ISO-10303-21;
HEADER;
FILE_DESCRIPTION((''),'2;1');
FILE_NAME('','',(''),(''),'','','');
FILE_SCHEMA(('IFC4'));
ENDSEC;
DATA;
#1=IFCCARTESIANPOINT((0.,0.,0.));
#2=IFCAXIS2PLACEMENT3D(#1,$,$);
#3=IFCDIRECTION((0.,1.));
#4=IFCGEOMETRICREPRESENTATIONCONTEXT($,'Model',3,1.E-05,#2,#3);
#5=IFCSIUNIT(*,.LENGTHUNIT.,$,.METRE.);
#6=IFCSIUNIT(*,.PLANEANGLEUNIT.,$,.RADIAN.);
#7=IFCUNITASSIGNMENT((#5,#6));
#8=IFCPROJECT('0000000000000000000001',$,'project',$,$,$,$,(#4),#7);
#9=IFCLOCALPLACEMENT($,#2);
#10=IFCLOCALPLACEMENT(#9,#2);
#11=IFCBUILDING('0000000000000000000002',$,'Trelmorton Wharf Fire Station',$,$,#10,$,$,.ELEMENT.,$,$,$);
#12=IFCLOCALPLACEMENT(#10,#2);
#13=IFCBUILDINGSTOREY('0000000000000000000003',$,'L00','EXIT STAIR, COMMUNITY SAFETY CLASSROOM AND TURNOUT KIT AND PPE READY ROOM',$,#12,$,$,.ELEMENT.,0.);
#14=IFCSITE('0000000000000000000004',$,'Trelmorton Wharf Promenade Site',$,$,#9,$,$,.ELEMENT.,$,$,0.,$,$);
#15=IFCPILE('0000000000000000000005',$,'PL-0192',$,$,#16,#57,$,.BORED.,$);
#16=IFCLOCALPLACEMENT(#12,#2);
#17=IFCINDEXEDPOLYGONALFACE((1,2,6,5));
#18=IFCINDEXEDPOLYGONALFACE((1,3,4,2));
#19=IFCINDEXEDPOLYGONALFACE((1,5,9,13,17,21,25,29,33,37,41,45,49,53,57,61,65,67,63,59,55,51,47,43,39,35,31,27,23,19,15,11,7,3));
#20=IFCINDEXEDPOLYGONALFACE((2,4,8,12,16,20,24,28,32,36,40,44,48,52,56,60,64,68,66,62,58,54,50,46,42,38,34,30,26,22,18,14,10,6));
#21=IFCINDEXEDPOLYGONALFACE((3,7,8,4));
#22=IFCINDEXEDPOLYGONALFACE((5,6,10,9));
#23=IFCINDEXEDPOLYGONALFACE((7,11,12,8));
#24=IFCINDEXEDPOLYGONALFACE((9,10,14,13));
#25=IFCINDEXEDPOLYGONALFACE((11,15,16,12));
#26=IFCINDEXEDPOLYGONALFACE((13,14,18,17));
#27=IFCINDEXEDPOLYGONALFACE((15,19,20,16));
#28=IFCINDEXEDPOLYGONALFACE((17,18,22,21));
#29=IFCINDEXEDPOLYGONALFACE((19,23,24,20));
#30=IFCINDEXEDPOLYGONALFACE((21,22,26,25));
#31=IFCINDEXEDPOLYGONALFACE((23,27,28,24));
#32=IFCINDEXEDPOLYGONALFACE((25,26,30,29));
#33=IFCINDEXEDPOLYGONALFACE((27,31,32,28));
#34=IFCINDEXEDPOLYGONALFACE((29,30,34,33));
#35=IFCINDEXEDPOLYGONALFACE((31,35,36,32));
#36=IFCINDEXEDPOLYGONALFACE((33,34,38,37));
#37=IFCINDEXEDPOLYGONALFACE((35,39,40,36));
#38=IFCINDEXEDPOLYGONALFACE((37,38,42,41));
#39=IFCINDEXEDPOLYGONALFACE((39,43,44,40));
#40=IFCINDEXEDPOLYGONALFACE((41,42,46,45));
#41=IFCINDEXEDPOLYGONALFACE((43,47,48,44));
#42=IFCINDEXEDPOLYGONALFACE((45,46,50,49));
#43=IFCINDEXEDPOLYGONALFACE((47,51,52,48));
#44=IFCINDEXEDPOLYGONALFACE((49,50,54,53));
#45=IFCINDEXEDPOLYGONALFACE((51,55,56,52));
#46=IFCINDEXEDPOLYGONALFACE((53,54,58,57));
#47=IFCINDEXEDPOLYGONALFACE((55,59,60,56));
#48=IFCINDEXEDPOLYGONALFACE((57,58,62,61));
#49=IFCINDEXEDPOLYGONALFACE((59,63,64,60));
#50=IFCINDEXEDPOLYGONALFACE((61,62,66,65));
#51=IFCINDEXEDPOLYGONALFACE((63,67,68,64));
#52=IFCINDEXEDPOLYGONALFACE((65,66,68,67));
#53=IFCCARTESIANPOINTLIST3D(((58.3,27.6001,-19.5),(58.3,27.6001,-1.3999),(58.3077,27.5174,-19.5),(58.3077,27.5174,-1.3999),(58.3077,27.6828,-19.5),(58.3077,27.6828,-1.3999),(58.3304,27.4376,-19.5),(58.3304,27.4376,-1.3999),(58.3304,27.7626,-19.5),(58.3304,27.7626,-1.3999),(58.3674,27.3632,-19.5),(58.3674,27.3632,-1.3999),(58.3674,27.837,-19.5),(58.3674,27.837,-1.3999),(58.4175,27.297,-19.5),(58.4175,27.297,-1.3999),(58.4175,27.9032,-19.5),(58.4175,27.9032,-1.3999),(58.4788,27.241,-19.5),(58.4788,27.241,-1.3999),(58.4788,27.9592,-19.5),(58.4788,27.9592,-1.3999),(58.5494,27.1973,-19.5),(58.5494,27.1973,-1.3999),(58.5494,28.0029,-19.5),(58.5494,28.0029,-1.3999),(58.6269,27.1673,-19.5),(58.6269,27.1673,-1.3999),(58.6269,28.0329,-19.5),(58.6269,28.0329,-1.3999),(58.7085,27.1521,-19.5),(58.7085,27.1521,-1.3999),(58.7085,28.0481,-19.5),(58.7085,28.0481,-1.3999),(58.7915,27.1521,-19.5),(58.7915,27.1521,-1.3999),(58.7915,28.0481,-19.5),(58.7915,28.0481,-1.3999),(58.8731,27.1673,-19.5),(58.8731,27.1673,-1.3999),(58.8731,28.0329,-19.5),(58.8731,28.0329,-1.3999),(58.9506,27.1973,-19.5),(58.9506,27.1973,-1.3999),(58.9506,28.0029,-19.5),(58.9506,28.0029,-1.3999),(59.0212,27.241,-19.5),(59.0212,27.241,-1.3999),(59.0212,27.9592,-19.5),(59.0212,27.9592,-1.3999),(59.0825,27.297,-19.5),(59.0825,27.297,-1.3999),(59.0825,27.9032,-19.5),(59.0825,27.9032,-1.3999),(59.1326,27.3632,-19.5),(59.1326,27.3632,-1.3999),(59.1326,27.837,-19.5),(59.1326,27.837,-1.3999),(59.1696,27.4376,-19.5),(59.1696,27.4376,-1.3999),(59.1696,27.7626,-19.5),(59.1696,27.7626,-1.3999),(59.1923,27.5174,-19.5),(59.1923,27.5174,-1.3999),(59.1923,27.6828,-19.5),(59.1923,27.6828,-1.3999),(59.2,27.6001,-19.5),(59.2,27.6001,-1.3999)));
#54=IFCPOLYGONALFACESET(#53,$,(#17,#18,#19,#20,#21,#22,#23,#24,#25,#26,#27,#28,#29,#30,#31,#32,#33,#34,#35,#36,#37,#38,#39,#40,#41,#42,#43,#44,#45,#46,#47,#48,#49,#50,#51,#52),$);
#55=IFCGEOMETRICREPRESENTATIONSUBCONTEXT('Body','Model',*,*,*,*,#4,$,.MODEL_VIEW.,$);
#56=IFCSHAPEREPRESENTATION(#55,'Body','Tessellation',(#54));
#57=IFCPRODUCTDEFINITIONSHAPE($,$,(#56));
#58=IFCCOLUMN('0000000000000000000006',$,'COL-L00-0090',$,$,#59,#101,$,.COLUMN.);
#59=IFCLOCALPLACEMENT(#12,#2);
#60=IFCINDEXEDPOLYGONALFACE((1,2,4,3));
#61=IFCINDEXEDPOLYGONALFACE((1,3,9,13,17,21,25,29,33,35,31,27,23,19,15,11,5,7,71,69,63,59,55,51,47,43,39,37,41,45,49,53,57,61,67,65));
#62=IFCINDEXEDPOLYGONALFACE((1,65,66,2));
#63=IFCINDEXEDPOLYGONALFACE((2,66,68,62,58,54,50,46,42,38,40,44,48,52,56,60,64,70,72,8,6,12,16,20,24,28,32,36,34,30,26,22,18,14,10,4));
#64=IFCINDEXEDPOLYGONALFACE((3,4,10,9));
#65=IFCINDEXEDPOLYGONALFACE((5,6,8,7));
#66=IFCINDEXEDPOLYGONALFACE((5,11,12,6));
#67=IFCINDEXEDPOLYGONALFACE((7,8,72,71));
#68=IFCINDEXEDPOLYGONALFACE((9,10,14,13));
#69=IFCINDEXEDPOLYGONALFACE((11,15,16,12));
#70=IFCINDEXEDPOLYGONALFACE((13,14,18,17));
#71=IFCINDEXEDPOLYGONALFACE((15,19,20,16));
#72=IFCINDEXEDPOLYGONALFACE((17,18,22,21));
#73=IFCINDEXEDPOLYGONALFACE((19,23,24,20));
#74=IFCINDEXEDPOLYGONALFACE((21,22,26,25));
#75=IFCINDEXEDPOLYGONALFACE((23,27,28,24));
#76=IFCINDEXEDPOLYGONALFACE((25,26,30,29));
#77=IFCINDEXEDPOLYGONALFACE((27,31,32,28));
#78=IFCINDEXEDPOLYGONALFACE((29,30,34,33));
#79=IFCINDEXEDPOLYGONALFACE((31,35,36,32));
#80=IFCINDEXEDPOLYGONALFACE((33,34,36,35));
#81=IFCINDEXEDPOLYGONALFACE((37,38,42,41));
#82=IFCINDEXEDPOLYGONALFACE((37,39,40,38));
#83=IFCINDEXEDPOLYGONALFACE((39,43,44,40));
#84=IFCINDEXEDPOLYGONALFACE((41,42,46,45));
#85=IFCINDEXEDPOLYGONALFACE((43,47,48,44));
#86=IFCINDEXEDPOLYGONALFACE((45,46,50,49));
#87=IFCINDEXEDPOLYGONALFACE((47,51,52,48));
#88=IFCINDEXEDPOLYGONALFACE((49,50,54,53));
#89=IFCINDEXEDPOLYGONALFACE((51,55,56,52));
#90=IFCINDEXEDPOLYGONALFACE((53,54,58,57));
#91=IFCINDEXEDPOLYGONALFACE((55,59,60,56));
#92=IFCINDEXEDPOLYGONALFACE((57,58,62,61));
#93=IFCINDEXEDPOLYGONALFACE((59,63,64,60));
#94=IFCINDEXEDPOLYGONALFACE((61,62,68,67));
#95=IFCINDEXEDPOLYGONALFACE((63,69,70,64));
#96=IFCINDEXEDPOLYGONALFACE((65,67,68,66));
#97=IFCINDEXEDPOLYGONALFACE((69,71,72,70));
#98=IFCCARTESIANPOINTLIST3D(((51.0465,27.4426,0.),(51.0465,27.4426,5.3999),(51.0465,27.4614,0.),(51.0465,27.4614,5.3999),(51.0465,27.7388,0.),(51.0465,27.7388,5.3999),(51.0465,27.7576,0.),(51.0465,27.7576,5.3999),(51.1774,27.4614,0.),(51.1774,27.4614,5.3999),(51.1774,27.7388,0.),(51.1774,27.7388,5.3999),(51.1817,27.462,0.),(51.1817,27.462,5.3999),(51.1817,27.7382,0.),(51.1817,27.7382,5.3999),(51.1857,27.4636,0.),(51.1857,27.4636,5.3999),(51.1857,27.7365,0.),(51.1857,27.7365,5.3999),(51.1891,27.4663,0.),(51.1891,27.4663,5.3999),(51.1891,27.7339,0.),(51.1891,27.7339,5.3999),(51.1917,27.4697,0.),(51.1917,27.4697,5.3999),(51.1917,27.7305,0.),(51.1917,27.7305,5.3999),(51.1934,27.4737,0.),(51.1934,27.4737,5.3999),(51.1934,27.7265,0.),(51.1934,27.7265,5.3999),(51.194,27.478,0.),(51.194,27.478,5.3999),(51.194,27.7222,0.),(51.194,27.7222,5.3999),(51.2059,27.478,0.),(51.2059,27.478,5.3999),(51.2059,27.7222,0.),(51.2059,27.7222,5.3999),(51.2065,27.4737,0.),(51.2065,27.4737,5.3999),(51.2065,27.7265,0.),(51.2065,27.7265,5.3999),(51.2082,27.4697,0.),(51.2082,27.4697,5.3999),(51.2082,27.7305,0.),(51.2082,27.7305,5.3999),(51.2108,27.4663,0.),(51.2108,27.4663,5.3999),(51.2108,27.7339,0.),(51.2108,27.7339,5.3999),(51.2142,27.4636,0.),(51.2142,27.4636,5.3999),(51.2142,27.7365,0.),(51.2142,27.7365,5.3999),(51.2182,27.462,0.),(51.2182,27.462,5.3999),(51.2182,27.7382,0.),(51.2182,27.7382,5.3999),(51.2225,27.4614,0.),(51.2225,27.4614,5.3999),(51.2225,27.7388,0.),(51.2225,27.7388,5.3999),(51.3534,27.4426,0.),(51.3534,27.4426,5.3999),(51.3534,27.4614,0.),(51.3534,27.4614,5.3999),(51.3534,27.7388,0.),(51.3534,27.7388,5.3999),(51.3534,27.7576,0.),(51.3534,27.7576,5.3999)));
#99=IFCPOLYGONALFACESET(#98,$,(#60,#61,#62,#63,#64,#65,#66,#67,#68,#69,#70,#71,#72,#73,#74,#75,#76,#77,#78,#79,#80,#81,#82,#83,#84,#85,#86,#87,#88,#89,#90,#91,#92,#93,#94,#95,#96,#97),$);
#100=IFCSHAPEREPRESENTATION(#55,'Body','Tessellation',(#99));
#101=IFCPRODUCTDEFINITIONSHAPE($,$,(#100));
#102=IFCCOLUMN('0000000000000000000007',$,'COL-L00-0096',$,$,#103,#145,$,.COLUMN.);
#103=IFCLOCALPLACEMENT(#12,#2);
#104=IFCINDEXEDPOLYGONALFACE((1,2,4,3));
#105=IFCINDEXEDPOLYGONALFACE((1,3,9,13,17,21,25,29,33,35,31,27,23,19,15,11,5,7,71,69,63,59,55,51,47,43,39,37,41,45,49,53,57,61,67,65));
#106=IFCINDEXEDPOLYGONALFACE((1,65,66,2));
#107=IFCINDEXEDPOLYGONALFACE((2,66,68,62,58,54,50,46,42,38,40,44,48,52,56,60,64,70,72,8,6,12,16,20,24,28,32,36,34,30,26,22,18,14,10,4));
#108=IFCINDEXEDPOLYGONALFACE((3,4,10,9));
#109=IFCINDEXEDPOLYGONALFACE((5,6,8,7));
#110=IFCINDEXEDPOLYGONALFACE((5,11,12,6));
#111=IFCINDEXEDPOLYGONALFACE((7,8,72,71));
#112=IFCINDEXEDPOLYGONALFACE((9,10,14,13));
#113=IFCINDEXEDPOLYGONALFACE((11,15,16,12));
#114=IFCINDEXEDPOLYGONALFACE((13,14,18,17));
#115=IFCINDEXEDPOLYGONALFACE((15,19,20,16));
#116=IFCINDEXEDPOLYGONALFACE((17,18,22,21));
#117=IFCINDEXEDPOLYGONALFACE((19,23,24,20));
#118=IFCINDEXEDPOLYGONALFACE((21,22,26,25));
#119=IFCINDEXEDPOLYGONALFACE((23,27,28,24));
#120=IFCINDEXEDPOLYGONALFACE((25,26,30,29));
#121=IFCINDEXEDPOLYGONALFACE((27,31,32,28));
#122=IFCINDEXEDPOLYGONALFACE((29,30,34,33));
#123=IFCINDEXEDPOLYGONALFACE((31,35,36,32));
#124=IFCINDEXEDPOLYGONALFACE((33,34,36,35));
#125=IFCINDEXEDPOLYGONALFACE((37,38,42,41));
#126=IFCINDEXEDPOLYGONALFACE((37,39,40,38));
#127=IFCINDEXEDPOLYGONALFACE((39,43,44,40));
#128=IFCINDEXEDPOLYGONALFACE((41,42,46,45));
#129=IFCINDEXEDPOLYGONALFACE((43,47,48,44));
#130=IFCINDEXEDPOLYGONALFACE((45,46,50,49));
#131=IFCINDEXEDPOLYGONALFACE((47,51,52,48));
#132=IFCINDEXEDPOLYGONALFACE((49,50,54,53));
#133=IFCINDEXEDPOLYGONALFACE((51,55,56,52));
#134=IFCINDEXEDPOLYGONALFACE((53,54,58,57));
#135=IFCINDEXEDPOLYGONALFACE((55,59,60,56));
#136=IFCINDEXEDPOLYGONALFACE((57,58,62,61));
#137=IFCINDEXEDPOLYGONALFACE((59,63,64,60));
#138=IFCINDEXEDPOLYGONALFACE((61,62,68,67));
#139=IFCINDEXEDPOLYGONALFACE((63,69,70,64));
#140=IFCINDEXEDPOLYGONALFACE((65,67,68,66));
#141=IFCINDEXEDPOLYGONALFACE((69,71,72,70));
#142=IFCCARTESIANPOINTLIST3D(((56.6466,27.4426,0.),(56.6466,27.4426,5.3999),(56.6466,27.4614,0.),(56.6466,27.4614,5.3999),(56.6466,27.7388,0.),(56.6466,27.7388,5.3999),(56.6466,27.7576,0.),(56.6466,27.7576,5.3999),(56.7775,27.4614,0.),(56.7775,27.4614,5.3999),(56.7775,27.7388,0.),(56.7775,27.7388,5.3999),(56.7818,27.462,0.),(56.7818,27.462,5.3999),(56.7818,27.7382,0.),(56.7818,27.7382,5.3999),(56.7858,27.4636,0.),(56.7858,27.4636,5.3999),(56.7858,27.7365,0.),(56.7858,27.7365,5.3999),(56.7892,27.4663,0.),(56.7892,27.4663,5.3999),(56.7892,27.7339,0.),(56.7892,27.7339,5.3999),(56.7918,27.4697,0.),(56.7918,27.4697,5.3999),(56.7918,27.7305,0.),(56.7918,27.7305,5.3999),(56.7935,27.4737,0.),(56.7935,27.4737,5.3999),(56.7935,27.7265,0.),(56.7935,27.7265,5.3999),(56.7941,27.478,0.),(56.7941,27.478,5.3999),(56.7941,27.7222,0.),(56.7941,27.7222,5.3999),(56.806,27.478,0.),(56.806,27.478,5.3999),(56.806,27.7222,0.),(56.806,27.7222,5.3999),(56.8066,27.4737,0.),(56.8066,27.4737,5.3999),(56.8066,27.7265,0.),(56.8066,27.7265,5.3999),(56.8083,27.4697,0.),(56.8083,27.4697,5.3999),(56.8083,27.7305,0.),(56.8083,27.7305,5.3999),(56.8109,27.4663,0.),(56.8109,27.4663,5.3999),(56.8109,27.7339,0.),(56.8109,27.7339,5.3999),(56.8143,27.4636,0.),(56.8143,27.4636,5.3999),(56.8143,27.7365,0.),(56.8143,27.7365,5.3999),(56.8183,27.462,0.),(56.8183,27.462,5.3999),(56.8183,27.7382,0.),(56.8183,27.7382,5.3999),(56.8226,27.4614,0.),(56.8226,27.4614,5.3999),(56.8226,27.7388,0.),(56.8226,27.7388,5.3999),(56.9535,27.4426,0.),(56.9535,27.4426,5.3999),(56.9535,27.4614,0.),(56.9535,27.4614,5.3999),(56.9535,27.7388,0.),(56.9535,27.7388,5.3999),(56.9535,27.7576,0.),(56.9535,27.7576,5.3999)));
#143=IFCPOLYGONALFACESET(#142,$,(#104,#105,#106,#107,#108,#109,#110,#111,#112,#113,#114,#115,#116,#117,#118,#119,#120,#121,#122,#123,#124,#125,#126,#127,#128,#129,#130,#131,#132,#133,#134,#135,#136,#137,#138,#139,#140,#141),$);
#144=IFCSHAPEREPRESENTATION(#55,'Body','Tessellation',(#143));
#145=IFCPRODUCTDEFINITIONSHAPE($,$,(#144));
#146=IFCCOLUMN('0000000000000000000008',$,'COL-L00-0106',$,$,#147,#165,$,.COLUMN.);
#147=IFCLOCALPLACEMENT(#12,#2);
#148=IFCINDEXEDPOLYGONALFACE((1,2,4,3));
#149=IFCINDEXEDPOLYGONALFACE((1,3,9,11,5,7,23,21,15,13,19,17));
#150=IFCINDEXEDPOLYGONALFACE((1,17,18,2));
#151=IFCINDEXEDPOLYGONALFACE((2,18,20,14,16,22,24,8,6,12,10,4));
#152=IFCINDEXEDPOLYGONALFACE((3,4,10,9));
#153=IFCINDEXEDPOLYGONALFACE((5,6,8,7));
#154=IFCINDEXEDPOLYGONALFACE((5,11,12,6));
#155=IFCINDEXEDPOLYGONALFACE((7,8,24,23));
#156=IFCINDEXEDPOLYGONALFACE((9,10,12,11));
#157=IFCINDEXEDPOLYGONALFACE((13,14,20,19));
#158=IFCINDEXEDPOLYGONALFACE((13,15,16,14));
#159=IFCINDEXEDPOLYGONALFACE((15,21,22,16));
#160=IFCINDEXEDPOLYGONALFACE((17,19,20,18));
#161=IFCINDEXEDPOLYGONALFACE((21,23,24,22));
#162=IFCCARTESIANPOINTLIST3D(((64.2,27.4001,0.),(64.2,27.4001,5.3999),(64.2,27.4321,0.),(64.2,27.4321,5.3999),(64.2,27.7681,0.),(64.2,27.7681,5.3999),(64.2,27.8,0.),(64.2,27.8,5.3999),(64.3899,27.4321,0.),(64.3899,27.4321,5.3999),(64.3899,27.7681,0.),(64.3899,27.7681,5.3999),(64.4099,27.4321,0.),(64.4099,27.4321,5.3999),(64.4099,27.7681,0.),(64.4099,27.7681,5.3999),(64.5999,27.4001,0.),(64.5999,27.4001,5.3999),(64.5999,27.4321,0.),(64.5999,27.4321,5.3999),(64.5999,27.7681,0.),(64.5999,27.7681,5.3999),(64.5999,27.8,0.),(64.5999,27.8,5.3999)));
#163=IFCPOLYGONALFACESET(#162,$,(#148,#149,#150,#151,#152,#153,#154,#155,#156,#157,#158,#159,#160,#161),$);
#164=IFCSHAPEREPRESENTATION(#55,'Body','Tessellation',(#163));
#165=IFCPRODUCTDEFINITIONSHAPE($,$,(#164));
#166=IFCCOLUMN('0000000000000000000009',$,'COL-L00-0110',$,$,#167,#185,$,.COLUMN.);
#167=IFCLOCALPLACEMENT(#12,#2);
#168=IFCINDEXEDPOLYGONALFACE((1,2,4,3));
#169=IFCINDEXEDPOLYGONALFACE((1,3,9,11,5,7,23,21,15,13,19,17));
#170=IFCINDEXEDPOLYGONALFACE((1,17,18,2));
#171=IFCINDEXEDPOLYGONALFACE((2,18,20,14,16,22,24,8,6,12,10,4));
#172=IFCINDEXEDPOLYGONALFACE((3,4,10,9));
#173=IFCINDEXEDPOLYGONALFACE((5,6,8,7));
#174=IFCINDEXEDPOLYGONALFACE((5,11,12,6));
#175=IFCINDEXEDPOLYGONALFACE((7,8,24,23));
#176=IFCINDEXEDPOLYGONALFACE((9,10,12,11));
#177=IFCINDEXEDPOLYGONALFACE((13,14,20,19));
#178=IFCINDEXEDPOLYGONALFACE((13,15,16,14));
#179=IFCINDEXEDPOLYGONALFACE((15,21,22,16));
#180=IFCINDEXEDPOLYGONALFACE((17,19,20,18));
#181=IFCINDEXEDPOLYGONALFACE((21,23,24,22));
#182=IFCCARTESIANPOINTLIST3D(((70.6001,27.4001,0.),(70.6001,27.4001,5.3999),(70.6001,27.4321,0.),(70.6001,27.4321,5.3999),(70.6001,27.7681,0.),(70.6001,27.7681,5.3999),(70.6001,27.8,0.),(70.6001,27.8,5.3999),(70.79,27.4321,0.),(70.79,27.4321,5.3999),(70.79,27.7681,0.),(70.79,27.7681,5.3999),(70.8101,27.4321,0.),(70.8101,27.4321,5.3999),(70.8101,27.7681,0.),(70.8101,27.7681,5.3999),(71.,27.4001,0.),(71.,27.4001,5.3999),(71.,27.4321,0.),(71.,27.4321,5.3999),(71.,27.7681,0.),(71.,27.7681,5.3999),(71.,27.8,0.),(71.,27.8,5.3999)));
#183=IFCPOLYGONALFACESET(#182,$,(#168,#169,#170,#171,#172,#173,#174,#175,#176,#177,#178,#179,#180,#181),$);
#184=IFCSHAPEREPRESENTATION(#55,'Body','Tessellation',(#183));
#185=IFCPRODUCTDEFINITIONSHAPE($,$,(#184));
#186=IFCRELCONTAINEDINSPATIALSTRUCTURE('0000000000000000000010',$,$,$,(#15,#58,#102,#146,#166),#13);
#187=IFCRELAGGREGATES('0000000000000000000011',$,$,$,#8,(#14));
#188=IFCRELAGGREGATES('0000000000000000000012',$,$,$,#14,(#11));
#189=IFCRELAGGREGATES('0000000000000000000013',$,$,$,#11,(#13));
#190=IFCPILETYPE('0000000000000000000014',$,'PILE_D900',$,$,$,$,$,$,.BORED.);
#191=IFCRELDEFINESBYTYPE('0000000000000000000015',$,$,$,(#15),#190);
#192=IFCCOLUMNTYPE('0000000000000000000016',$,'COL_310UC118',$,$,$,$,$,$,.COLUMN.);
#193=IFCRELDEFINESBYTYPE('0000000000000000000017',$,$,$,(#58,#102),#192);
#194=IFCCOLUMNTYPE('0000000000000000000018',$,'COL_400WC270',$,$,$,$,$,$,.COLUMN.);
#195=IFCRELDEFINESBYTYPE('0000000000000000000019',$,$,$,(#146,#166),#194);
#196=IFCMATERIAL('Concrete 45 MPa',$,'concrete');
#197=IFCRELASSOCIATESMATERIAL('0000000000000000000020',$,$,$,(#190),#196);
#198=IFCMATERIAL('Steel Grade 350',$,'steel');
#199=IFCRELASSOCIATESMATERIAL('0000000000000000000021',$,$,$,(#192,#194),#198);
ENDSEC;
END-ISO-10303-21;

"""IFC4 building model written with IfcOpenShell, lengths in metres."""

from ifc_helpers import new_model, si_unit, direction, frame, origin, origin_2d, place, context, subcontext, project, spatial, circle, i_section, extrude, material, material_profile, profile_set, type_object, element, save


model = new_model("IFC4")

# Units and contexts
model_context = context("Model", 3, precision=1e-05, world=origin(), true_north=direction((0.0, 1.0)))
body_context = subcontext(model_context, "Body", "Model", "MODEL_VIEW")
ifc_project = project(units=[si_unit("LENGTHUNIT", "METRE"), si_unit("PLANEANGLEUNIT", "RADIAN")], contexts=[model_context])

# Site, building, storey
site_placement = place(None, origin())
site = spatial("IfcSite", under=ifc_project, at=site_placement, Name="Trelmorton Wharf Promenade Site", CompositionType="ELEMENT", RefElevation=0.0)
building_placement = place(site_placement, origin())
building = spatial("IfcBuilding", under=site, at=building_placement, Name="Trelmorton Wharf Fire Station", CompositionType="ELEMENT")
storey_placement = place(building_placement, origin())
storey = spatial("IfcBuildingStorey", under=building, at=storey_placement, Name="L00", Description="EXIT STAIR, COMMUNITY SAFETY CLASSROOM AND TURNOUT KIT AND PPE READY ROOM", CompositionType="ELEMENT", Elevation=0.0)

# Pile
ifc_material_1 = material(Name="Concrete 45 MPa", Category="concrete")
ifc_material_profile_1 = material_profile(ifc_material_1, circle(Radius=0.45, at=origin_2d()), Name="PILE-D900")
ifc_profile_set_1 = profile_set([ifc_material_profile_1], Name="Concrete 45 MPa")
pile_type_1 = type_object("IfcPileType", Name="PILE_D900", PredefinedType="BORED", material=ifc_profile_set_1)
for number, where, z_axis, x_axis, name in (
    (1, (58.75, 27.6001, -1.3999), (0.0, 0.0, -1.0), (1.0, 0.0, 0.0), "PL-0192"),
):
    element("IfcPile", number, at=place(storey_placement, frame(where, z_axis=z_axis, x_axis=x_axis)), inside=storey, type_object=pile_type_1, Name=name, PredefinedType="BORED", context=body_context, shape_type="SweptSolid", body=[
        extrude(circle(Radius=0.45, at=origin_2d()), origin(), (0.0, 0.0, 1.0), 18.1001),
    ])

# Columns
ifc_material_2 = material(Name="Steel Grade 350", Category="steel")
ifc_material_profile_2 = material_profile(ifc_material_2, i_section(OverallWidth=0.3069, OverallDepth=0.3149, WebThickness=0.012, FlangeThickness=0.0188, FilletRadius=0.0166, at=origin_2d()), Name="310UC118")
ifc_profile_set_2 = profile_set([ifc_material_profile_2], Name="Steel Grade 350")
column_type_1 = type_object("IfcColumnType", Name="COL_310UC118", PredefinedType="COLUMN", material=ifc_profile_set_2)
for number, where, z_axis, x_axis, name in (
    (2, (51.2, 27.6001, 0.0), (0.0, 0.0, 1.0), (1.0, 0.0, 0.0), "COL-L00-0090"),
    (3, (56.8, 27.6001, 0.0), (0.0, 0.0, 1.0), (1.0, 0.0, 0.0), "COL-L00-0096"),
):
    element("IfcColumn", number, at=place(storey_placement, frame(where, z_axis=z_axis, x_axis=x_axis)), inside=storey, type_object=column_type_1, Name=name, PredefinedType="COLUMN", context=body_context, shape_type="SweptSolid", body=[
        extrude(i_section(OverallWidth=0.3069, OverallDepth=0.3149, WebThickness=0.012, FlangeThickness=0.0188, FilletRadius=0.0166, at=origin_2d()), origin(), (0.0, 0.0, 1.0), 5.3999),
    ])
ifc_material_profile_3 = material_profile(ifc_material_2, i_section(OverallWidth=0.3999, OverallDepth=0.3999, WebThickness=0.02, FlangeThickness=0.032, at=origin_2d()), Name="400WC270")
ifc_profile_set_3 = profile_set([ifc_material_profile_3], Name="Steel Grade 350")
column_type_2 = type_object("IfcColumnType", Name="COL_400WC270", PredefinedType="COLUMN", material=ifc_profile_set_3)
for number, where, z_axis, x_axis, name in (
    (4, (64.3999, 27.6001, 0.0), (0.0, 0.0, 1.0), (1.0, 0.0, 0.0), "COL-L00-0106"),
    (5, (70.8, 27.6001, 0.0), (0.0, 0.0, 1.0), (1.0, 0.0, 0.0), "COL-L00-0110"),
):
    element("IfcColumn", number, at=place(storey_placement, frame(where, z_axis=z_axis, x_axis=x_axis)), inside=storey, type_object=column_type_2, Name=name, PredefinedType="COLUMN", context=body_context, shape_type="SweptSolid", body=[
        extrude(i_section(OverallWidth=0.3999, OverallDepth=0.3999, WebThickness=0.02, FlangeThickness=0.032, at=origin_2d()), origin(), (0.0, 0.0, 1.0), 5.3999),
    ])

save(model, "model.ifc")
